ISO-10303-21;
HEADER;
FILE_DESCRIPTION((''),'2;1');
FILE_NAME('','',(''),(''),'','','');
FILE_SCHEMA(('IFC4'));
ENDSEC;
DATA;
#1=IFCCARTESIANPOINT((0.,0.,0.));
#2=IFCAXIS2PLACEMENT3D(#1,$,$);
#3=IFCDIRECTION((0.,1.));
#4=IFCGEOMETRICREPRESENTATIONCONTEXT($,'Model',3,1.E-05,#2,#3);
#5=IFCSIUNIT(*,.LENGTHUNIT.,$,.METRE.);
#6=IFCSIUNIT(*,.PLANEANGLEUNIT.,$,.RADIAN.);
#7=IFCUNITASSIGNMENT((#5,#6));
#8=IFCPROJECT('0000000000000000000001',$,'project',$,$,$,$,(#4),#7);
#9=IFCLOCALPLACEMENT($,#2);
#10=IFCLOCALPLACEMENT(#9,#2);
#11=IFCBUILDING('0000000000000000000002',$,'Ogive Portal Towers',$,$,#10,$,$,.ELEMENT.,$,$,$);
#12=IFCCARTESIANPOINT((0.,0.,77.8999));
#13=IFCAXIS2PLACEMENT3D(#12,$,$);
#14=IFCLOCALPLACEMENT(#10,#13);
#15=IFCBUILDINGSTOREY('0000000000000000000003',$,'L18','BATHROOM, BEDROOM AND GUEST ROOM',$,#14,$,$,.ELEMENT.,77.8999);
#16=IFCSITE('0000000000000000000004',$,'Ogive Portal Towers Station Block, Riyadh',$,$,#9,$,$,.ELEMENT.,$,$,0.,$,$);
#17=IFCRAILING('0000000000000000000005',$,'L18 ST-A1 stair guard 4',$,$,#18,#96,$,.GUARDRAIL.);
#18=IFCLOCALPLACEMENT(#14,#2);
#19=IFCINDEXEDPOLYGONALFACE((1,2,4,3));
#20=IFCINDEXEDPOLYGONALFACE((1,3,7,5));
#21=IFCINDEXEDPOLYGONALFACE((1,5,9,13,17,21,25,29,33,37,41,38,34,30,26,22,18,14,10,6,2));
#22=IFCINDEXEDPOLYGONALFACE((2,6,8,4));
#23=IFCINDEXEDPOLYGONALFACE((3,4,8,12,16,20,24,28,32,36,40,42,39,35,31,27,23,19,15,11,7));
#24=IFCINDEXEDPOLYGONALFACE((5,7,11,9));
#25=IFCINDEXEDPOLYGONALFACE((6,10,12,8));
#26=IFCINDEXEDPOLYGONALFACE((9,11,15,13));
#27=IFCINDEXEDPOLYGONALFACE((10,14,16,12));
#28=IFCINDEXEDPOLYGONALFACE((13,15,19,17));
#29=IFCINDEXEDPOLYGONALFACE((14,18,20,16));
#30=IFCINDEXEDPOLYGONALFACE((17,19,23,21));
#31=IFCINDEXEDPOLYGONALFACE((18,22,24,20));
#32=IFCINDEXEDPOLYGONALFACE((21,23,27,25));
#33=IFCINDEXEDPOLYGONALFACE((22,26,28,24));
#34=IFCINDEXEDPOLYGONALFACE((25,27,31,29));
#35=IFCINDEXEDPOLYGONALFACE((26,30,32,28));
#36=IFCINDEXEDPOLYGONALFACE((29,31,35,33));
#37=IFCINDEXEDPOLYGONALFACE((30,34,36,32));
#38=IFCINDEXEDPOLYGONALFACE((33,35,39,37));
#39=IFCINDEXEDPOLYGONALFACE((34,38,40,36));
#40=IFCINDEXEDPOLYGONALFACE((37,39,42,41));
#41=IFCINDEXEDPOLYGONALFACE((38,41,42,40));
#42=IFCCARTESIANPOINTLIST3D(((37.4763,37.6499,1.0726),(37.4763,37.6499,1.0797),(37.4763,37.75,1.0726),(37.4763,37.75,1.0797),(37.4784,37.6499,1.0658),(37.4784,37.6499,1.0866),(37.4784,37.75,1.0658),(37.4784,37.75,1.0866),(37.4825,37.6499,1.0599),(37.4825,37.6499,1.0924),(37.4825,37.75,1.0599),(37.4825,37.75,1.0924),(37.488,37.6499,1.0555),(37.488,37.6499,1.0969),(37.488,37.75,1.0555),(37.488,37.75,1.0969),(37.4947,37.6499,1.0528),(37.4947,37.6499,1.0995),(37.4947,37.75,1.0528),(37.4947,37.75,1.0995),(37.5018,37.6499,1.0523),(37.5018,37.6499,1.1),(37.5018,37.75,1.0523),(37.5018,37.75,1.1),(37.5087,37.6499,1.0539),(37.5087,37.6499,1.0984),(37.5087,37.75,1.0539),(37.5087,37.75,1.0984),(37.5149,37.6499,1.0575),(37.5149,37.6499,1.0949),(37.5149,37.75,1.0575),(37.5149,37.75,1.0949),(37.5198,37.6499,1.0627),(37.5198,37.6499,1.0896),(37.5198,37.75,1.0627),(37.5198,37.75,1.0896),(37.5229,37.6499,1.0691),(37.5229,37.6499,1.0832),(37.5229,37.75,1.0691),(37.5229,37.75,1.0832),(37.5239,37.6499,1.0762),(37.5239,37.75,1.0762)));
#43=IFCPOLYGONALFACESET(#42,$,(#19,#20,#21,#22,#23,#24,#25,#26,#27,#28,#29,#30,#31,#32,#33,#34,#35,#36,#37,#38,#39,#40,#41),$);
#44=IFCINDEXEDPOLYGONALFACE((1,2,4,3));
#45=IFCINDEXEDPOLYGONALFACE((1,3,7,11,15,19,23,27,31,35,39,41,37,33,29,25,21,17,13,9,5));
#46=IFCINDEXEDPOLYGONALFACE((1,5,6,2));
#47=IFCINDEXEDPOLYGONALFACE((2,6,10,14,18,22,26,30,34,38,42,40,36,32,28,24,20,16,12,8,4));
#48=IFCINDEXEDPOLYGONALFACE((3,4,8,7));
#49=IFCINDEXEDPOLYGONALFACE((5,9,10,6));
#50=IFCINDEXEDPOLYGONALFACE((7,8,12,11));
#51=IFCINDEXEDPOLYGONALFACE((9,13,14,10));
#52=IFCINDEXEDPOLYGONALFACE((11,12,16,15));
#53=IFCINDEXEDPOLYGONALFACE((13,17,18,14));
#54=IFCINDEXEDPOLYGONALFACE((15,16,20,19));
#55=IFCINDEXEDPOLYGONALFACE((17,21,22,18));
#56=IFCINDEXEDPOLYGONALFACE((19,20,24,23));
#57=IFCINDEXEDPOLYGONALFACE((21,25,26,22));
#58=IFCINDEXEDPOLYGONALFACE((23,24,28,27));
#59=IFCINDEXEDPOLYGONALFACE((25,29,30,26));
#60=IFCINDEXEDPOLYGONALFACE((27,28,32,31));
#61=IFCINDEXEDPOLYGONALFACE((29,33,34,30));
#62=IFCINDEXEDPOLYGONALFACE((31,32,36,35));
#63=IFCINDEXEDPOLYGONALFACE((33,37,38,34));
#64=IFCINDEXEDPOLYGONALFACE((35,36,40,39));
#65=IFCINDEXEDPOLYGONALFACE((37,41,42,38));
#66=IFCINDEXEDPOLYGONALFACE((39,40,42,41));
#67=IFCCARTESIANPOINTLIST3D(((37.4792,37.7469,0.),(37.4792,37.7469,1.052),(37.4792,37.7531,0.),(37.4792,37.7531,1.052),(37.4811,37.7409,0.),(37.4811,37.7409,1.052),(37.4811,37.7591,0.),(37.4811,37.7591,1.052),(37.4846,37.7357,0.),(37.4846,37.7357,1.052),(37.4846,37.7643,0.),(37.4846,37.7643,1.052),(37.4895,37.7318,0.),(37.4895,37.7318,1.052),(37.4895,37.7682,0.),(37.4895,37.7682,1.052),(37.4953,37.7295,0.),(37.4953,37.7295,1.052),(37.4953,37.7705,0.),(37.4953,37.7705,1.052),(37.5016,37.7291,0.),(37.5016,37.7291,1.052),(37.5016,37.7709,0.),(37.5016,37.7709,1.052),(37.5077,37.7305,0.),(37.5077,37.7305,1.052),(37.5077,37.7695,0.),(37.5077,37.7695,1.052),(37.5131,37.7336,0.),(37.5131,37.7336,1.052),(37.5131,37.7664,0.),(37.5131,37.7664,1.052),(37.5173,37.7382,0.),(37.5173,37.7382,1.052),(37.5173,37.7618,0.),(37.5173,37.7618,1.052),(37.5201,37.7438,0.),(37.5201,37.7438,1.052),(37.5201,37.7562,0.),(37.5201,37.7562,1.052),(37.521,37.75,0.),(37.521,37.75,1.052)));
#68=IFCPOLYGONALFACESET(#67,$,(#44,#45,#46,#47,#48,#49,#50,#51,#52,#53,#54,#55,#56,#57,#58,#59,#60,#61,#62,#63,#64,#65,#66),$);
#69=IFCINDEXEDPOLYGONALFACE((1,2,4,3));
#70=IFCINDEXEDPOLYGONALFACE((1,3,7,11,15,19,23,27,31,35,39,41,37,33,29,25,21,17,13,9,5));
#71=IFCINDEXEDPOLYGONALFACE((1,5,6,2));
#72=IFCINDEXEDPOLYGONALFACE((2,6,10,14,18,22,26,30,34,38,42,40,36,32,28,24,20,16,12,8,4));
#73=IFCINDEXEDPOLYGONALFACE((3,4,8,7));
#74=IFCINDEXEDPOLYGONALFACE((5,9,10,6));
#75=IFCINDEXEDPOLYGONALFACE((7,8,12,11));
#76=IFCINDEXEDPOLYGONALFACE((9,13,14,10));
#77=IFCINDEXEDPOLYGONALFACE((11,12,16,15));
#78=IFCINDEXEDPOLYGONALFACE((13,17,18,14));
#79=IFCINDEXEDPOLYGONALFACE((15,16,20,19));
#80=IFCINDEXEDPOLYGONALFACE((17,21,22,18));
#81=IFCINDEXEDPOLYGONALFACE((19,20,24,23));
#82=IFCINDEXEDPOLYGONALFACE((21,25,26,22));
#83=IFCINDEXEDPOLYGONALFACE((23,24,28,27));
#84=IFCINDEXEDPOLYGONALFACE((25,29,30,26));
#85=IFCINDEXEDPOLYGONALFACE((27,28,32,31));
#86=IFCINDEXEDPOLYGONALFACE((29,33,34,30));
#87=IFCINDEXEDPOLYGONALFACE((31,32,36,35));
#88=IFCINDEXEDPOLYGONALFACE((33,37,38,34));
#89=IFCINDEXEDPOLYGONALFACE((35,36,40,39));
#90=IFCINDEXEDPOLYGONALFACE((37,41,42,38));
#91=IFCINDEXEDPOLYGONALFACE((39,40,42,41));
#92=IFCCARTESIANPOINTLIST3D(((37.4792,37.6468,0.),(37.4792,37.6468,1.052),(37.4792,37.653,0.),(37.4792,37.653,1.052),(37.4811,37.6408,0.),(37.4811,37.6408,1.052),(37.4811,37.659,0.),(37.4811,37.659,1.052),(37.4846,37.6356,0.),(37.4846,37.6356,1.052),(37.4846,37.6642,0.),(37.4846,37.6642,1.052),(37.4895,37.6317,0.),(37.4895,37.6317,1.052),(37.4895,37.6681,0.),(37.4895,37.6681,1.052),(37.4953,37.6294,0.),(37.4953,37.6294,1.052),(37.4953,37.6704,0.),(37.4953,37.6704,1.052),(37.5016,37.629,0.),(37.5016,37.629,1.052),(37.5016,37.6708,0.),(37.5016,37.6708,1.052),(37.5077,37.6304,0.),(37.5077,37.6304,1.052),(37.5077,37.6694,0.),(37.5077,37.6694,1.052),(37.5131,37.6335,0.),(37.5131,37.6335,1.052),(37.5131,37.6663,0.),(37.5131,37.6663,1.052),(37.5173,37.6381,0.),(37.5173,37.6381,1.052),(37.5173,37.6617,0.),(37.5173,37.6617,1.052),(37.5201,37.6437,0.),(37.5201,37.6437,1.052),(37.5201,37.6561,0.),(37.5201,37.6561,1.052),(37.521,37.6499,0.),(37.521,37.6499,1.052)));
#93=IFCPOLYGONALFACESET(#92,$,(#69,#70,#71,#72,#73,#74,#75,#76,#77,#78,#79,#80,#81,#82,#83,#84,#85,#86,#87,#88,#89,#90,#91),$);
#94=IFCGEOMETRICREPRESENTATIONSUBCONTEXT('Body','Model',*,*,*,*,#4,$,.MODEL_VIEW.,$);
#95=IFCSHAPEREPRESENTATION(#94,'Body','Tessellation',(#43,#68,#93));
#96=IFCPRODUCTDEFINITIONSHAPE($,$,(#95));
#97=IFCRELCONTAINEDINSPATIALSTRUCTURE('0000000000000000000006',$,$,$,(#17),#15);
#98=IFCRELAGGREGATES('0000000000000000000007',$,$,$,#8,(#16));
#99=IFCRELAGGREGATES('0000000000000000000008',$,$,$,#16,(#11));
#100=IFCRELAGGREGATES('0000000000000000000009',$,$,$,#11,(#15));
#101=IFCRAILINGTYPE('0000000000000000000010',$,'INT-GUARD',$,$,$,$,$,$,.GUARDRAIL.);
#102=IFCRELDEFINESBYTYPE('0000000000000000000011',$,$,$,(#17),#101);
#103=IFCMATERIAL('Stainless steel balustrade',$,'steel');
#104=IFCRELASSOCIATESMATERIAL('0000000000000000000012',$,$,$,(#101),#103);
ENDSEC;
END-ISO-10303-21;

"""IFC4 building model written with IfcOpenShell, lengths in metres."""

from ifc_helpers import new_model, si_unit, direction, frame, origin, origin_2d, place, context, subcontext, project, spatial, circle, extrude, material, type_object, element, save


model = new_model("IFC4")

# Units and contexts
model_context = context("Model", 3, precision=1e-05, world=origin(), true_north=direction((0.0, 1.0)))
body_context = subcontext(model_context, "Body", "Model", "MODEL_VIEW")
ifc_project = project(units=[si_unit("LENGTHUNIT", "METRE"), si_unit("PLANEANGLEUNIT", "RADIAN")], contexts=[model_context])

# Site, building, storey
site_placement = place(None, origin())
site = spatial("IfcSite", under=ifc_project, at=site_placement, Name="Ogive Portal Towers Station Block, Riyadh", CompositionType="ELEMENT", RefElevation=0.0)
building_placement = place(site_placement, origin())
building = spatial("IfcBuilding", under=site, at=building_placement, Name="Ogive Portal Towers", CompositionType="ELEMENT")
storey_placement = place(building_placement, frame((0.0, 0.0, 77.8999)))
storey = spatial("IfcBuildingStorey", under=building, at=storey_placement, Name="L18", Description="BATHROOM, BEDROOM AND GUEST ROOM", CompositionType="ELEMENT", Elevation=77.8999)

# Railing
ifc_material_1 = material(Name="Stainless steel balustrade", Category="steel")
railing_type_1 = type_object("IfcRailingType", Name="INT-GUARD", PredefinedType="GUARDRAIL", material=ifc_material_1)
railing_1_placement = place(storey_placement, frame((37.5, 37.75, 0.0)))
element("IfcRailing", 1, at=railing_1_placement, inside=storey, type_object=railing_type_1, Name="L18 ST-A1 stair guard 4", PredefinedType="GUARDRAIL", context=body_context, shape_type="SweptSolid", body=[
    extrude(circle(Radius=0.0239, at=origin_2d()), frame((0.0, 0.0, 1.0762), z_axis=(0.0, -1.0, 0.0), x_axis=(1.0, 0.0, 0.0)), (0.0, 0.0, 1.0), 0.1001),
    extrude(circle(Radius=0.021, at=origin_2d()), origin(), (0.0, 0.0, 1.0), 1.052),
    extrude(circle(Radius=0.021, at=origin_2d()), frame((0.0, -0.1001, 0.0)), (0.0, 0.0, 1.0), 1.052),
])

save(model, "model.ifc")
